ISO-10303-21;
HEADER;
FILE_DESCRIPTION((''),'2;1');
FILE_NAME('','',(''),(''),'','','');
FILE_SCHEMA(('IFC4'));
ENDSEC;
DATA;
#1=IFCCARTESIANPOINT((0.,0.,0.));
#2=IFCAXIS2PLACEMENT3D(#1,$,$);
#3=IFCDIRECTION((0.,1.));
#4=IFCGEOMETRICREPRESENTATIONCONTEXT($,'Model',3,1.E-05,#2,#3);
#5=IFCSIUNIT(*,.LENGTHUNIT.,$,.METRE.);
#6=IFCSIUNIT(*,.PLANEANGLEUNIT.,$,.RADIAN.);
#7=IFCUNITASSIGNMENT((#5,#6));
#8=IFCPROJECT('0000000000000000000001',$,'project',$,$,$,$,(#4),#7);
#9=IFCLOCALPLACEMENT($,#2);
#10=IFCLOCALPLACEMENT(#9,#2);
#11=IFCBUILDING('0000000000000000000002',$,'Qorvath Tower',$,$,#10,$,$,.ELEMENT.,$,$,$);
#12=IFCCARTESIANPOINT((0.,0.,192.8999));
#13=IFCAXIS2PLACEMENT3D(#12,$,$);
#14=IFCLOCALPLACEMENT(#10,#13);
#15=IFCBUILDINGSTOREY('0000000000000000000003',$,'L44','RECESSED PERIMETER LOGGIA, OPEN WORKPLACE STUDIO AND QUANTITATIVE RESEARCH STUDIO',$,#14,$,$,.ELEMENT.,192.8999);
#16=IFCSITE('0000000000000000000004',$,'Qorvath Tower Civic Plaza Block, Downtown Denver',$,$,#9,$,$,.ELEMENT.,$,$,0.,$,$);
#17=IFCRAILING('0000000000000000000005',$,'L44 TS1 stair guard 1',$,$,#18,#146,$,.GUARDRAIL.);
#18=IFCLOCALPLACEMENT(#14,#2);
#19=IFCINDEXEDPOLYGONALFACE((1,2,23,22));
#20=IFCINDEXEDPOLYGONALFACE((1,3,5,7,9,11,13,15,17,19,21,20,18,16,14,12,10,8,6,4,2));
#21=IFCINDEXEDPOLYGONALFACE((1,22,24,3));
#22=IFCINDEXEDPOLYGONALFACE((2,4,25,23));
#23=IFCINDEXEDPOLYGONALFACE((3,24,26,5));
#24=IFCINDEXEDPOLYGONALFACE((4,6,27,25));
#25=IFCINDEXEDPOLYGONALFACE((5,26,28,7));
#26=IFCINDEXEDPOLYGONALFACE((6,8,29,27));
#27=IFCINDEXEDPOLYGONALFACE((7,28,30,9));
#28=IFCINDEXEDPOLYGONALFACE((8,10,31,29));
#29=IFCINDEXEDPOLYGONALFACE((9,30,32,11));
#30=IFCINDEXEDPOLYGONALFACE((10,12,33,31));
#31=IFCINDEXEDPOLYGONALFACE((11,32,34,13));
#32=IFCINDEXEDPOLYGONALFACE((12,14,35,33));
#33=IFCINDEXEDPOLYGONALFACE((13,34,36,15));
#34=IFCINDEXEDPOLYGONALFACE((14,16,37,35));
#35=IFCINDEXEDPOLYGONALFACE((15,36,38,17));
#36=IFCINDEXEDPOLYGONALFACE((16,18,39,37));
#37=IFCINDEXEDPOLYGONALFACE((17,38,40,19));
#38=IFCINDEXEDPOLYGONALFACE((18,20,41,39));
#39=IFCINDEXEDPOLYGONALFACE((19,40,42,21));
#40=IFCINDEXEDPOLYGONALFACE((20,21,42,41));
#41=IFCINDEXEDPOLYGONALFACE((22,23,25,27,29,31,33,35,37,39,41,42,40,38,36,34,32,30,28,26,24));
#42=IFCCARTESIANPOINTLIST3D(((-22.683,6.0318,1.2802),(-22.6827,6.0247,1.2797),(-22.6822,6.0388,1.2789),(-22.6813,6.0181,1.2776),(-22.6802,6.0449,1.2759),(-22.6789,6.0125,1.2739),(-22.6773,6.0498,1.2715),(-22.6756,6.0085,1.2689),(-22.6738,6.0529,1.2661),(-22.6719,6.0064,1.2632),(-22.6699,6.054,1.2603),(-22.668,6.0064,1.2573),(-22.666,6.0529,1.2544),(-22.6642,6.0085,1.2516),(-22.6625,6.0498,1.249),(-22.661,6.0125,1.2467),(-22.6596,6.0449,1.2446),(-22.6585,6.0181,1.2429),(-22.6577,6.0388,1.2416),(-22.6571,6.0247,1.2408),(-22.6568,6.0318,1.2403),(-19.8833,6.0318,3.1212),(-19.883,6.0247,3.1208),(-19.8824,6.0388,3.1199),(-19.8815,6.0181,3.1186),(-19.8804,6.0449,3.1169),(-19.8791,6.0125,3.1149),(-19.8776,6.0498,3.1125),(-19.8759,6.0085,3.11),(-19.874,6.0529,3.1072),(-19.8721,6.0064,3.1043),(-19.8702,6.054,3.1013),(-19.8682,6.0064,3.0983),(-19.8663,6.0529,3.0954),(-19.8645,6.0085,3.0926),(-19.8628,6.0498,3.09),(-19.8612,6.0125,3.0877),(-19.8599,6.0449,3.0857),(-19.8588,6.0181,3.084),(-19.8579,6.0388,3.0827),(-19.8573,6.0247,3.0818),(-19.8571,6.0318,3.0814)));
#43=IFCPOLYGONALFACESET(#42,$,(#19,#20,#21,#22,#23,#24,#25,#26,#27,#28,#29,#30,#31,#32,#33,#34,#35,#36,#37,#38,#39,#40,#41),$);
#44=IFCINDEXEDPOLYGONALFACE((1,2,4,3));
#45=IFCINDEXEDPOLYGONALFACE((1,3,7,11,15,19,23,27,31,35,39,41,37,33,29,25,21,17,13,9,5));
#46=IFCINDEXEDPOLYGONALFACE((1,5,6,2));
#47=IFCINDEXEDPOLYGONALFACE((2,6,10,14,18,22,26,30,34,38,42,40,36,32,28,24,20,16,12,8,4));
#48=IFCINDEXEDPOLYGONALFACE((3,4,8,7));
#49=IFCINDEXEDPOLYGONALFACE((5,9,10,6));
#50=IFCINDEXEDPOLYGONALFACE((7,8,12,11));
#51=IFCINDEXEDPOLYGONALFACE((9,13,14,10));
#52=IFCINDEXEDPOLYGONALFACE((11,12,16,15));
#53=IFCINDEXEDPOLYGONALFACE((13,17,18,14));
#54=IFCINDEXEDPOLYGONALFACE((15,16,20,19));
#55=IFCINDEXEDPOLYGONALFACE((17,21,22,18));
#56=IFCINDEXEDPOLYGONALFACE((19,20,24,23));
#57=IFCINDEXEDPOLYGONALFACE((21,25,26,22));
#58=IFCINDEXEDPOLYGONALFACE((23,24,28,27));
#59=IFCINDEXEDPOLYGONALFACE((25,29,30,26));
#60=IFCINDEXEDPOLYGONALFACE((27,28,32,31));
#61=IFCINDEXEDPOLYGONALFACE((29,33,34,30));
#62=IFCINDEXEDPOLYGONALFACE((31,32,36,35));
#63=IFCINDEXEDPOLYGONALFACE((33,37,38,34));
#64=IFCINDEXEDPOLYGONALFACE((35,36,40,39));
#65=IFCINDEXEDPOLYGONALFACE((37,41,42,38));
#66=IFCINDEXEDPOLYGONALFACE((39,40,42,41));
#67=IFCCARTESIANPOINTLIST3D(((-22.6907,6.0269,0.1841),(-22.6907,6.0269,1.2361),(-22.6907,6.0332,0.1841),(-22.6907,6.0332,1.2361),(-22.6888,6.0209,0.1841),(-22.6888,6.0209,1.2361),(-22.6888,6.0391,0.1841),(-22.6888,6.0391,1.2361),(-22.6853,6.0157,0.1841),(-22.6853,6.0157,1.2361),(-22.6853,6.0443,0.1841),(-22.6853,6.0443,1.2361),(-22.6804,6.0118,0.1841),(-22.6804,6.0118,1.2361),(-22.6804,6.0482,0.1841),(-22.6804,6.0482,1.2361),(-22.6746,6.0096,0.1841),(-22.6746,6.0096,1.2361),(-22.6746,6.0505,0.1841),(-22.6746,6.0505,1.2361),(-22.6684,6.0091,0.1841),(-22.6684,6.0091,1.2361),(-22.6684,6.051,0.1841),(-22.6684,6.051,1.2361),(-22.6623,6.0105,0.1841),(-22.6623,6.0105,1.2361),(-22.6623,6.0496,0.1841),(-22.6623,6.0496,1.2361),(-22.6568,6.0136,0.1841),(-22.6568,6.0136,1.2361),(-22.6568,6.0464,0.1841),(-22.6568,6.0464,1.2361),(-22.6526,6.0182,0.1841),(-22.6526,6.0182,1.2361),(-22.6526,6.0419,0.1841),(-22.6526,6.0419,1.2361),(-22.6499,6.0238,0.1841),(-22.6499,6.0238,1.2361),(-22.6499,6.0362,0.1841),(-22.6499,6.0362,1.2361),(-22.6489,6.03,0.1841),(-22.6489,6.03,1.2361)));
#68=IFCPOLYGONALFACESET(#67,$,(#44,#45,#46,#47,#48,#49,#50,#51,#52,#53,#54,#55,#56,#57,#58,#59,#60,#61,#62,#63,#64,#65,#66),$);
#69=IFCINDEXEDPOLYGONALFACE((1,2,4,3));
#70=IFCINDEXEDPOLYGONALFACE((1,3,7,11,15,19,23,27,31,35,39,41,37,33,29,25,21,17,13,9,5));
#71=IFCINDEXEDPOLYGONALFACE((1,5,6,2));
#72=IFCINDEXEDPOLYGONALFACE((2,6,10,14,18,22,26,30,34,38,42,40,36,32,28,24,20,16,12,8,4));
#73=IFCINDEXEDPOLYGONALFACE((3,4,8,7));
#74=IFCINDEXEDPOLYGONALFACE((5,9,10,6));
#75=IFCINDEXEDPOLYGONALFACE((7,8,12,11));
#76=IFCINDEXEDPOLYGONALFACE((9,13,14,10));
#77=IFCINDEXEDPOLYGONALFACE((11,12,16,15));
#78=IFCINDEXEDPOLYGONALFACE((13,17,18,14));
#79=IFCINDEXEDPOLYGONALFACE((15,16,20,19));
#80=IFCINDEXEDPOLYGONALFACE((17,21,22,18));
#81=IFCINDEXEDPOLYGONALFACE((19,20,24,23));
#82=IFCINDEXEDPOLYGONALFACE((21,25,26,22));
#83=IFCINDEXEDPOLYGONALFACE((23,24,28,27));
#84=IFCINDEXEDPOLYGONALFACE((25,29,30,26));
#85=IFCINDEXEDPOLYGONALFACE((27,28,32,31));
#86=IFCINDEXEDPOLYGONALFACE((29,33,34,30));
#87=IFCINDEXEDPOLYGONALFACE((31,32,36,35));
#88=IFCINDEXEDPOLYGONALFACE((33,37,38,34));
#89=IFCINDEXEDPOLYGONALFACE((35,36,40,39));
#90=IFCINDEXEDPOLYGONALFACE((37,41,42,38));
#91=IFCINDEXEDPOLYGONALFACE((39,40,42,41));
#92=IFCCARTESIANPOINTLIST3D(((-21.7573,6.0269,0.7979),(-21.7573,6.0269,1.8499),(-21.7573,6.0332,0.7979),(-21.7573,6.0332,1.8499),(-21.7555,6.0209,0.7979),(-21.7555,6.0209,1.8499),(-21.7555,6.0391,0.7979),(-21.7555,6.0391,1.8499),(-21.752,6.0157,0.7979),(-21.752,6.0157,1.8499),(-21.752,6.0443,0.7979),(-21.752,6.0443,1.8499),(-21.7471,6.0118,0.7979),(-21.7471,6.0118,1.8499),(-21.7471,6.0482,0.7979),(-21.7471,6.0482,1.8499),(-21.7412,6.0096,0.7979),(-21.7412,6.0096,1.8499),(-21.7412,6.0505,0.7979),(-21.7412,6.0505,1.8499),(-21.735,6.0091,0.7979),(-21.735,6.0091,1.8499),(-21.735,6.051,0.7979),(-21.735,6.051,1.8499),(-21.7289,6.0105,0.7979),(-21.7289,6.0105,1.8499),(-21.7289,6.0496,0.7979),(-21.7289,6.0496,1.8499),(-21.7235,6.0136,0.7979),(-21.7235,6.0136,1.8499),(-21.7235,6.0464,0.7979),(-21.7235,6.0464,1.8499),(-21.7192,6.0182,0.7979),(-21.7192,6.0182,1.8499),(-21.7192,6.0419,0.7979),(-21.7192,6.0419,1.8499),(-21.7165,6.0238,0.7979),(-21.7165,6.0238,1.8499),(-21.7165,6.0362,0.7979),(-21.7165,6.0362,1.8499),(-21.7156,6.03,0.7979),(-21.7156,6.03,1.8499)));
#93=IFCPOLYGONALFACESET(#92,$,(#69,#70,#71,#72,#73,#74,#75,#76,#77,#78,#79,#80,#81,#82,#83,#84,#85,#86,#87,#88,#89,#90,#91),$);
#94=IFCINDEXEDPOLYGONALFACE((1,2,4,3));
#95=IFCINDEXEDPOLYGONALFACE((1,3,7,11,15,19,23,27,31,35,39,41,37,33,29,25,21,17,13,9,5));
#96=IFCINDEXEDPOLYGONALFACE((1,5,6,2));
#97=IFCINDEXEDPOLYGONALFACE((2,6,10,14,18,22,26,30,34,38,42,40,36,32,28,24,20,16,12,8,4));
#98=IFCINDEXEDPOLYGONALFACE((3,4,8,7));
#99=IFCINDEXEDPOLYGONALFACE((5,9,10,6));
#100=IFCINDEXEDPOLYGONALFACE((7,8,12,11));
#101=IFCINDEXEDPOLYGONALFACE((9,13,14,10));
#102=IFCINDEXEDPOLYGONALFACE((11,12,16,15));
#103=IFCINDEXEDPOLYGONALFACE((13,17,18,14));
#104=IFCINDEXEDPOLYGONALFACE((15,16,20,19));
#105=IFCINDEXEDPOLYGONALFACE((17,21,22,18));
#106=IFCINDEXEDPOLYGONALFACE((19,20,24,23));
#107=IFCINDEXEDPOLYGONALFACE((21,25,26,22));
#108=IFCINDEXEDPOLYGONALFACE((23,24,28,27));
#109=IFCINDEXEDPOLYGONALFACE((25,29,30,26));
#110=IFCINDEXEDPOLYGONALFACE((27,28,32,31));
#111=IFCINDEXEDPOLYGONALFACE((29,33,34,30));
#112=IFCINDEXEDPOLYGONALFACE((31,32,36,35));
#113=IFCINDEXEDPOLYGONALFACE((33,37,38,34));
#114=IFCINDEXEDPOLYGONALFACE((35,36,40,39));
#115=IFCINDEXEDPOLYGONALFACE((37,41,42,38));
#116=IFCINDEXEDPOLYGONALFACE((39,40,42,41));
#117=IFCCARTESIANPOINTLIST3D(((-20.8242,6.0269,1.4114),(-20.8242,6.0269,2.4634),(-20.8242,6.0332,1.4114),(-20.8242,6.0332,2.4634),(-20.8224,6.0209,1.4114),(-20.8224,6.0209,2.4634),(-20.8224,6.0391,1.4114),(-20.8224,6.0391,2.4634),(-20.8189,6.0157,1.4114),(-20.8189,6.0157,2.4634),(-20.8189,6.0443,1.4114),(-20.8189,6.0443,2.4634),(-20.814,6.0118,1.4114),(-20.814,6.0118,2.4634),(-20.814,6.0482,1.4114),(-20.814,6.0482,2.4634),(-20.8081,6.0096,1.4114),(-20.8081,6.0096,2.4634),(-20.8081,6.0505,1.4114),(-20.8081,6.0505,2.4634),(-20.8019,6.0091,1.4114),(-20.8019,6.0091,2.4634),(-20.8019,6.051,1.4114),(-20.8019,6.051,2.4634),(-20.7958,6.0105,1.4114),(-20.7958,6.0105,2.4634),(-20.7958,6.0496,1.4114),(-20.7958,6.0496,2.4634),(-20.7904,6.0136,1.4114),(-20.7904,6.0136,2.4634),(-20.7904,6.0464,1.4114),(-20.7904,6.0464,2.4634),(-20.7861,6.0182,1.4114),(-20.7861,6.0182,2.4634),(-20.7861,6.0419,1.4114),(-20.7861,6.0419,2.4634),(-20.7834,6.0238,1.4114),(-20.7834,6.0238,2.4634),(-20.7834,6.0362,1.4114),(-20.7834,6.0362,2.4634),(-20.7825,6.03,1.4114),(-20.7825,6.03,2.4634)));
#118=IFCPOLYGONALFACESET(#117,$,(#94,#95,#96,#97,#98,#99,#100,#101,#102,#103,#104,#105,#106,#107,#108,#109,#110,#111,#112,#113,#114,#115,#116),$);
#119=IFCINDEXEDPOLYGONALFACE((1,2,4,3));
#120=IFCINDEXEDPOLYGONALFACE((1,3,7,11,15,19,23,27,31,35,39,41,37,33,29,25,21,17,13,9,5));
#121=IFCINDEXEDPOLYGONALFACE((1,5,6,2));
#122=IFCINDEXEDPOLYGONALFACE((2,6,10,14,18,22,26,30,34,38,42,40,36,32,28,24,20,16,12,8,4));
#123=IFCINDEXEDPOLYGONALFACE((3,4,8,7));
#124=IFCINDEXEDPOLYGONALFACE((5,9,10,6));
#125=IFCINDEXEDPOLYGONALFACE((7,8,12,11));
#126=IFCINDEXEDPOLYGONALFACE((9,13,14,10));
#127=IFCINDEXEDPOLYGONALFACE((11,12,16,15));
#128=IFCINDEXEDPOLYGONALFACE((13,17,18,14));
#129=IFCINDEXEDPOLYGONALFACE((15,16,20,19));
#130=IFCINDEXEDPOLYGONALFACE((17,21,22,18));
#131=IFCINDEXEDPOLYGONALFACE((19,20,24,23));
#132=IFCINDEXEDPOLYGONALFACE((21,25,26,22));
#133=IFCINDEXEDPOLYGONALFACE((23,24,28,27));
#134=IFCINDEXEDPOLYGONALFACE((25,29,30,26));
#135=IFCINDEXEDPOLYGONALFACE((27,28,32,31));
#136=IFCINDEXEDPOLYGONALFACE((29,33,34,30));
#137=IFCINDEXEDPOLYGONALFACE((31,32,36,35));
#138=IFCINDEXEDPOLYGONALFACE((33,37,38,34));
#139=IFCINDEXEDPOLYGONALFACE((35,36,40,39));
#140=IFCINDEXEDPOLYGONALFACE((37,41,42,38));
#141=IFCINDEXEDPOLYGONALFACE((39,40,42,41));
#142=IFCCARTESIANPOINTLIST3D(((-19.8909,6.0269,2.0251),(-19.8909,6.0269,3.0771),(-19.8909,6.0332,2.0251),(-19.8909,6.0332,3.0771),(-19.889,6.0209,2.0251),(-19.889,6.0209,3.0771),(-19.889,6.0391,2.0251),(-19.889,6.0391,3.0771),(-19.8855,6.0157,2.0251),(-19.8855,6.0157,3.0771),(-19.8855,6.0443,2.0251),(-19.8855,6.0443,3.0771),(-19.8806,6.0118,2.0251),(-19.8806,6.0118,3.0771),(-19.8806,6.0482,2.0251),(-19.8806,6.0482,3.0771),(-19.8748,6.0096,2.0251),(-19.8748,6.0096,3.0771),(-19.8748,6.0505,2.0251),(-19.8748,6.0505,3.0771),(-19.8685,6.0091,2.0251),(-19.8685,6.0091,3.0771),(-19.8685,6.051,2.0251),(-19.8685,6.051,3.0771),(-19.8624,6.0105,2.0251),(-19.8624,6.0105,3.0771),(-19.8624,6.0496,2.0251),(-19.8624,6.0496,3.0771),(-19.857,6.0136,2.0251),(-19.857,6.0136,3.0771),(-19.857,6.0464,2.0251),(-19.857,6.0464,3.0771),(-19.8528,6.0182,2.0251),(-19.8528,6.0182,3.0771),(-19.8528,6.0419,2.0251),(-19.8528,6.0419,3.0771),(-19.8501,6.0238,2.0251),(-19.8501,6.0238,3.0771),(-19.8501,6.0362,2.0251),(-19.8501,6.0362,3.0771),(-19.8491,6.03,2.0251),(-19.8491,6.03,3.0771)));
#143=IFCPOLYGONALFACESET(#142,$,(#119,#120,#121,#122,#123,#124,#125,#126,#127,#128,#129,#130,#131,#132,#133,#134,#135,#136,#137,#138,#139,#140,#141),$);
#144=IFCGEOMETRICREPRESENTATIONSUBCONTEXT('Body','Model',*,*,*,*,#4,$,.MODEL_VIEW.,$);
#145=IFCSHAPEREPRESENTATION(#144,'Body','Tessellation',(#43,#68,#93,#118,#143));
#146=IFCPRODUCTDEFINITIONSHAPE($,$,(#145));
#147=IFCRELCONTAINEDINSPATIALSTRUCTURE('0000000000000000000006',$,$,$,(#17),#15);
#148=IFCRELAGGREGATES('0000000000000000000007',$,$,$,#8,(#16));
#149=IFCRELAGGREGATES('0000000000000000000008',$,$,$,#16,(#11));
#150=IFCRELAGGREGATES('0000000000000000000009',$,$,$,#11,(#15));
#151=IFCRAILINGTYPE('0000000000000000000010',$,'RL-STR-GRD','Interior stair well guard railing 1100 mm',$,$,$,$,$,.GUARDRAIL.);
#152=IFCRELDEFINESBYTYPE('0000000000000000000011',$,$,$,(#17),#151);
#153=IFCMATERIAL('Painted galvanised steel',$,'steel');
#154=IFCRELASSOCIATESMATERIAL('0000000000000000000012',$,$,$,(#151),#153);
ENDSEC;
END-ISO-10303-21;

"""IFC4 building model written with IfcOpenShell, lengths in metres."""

from ifc_helpers import new_model, si_unit, direction, frame, origin, origin_2d, place, context, subcontext, project, spatial, circle, extrude, material, type_object, element, save


model = new_model("IFC4")

# Units and contexts
model_context = context("Model", 3, precision=1e-05, world=origin(), true_north=direction((0.0, 1.0)))
body_context = subcontext(model_context, "Body", "Model", "MODEL_VIEW")
ifc_project = project(units=[si_unit("LENGTHUNIT", "METRE"), si_unit("PLANEANGLEUNIT", "RADIAN")], contexts=[model_context])

# Site, building, storey
site_placement = place(None, origin())
site = spatial("IfcSite", under=ifc_project, at=site_placement, Name="Qorvath Tower Civic Plaza Block, Downtown Denver", CompositionType="ELEMENT", RefElevation=0.0)
building_placement = place(site_placement, origin())
building = spatial("IfcBuilding", under=site, at=building_placement, Name="Qorvath Tower", CompositionType="ELEMENT")
storey_placement = place(building_placement, frame((0.0, 0.0, 192.8999)))
storey = spatial("IfcBuildingStorey", under=building, at=storey_placement, Name="L44", Description="RECESSED PERIMETER LOGGIA, OPEN WORKPLACE STUDIO AND QUANTITATIVE RESEARCH STUDIO", CompositionType="ELEMENT", Elevation=192.8999)

# Railing
ifc_material_1 = material(Name="Painted galvanised steel", Category="steel")
railing_type_1 = type_object("IfcRailingType", Name="RL-STR-GRD", Description="Interior stair well guard railing 1100 mm", PredefinedType="GUARDRAIL", material=ifc_material_1)
railing_1_placement = place(storey_placement, frame((-22.6699, 6.03, 0.1841)))
element("IfcRailing", 1, at=railing_1_placement, inside=storey, type_object=railing_type_1, Name="L44 TS1 stair guard 1", PredefinedType="GUARDRAIL", context=body_context, shape_type="SweptSolid", body=[
    extrude(circle(Radius=0.0239, at=origin_2d()), frame((0.0, 0.0, 1.0762), z_axis=(0.835542, 0.0, 0.549426), x_axis=(0.0, 1.0, 0.0)), (0.0, 0.0, 1.0), 3.3508),
    extrude(circle(Radius=0.021, at=origin_2d()), origin(), (0.0, 0.0, 1.0), 1.052),
    extrude(circle(Radius=0.021, at=origin_2d()), frame((0.9333, 0.0, 0.6138)), (0.0, 0.0, 1.0), 1.052),
    extrude(circle(Radius=0.021, at=origin_2d()), frame((1.8665, 0.0, 1.2273)), (0.0, 0.0, 1.0), 1.052),
    extrude(circle(Radius=0.021, at=origin_2d()), frame((2.7998, 0.0, 1.8411)), (0.0, 0.0, 1.0), 1.052),
])

save(model, "model.ifc")
